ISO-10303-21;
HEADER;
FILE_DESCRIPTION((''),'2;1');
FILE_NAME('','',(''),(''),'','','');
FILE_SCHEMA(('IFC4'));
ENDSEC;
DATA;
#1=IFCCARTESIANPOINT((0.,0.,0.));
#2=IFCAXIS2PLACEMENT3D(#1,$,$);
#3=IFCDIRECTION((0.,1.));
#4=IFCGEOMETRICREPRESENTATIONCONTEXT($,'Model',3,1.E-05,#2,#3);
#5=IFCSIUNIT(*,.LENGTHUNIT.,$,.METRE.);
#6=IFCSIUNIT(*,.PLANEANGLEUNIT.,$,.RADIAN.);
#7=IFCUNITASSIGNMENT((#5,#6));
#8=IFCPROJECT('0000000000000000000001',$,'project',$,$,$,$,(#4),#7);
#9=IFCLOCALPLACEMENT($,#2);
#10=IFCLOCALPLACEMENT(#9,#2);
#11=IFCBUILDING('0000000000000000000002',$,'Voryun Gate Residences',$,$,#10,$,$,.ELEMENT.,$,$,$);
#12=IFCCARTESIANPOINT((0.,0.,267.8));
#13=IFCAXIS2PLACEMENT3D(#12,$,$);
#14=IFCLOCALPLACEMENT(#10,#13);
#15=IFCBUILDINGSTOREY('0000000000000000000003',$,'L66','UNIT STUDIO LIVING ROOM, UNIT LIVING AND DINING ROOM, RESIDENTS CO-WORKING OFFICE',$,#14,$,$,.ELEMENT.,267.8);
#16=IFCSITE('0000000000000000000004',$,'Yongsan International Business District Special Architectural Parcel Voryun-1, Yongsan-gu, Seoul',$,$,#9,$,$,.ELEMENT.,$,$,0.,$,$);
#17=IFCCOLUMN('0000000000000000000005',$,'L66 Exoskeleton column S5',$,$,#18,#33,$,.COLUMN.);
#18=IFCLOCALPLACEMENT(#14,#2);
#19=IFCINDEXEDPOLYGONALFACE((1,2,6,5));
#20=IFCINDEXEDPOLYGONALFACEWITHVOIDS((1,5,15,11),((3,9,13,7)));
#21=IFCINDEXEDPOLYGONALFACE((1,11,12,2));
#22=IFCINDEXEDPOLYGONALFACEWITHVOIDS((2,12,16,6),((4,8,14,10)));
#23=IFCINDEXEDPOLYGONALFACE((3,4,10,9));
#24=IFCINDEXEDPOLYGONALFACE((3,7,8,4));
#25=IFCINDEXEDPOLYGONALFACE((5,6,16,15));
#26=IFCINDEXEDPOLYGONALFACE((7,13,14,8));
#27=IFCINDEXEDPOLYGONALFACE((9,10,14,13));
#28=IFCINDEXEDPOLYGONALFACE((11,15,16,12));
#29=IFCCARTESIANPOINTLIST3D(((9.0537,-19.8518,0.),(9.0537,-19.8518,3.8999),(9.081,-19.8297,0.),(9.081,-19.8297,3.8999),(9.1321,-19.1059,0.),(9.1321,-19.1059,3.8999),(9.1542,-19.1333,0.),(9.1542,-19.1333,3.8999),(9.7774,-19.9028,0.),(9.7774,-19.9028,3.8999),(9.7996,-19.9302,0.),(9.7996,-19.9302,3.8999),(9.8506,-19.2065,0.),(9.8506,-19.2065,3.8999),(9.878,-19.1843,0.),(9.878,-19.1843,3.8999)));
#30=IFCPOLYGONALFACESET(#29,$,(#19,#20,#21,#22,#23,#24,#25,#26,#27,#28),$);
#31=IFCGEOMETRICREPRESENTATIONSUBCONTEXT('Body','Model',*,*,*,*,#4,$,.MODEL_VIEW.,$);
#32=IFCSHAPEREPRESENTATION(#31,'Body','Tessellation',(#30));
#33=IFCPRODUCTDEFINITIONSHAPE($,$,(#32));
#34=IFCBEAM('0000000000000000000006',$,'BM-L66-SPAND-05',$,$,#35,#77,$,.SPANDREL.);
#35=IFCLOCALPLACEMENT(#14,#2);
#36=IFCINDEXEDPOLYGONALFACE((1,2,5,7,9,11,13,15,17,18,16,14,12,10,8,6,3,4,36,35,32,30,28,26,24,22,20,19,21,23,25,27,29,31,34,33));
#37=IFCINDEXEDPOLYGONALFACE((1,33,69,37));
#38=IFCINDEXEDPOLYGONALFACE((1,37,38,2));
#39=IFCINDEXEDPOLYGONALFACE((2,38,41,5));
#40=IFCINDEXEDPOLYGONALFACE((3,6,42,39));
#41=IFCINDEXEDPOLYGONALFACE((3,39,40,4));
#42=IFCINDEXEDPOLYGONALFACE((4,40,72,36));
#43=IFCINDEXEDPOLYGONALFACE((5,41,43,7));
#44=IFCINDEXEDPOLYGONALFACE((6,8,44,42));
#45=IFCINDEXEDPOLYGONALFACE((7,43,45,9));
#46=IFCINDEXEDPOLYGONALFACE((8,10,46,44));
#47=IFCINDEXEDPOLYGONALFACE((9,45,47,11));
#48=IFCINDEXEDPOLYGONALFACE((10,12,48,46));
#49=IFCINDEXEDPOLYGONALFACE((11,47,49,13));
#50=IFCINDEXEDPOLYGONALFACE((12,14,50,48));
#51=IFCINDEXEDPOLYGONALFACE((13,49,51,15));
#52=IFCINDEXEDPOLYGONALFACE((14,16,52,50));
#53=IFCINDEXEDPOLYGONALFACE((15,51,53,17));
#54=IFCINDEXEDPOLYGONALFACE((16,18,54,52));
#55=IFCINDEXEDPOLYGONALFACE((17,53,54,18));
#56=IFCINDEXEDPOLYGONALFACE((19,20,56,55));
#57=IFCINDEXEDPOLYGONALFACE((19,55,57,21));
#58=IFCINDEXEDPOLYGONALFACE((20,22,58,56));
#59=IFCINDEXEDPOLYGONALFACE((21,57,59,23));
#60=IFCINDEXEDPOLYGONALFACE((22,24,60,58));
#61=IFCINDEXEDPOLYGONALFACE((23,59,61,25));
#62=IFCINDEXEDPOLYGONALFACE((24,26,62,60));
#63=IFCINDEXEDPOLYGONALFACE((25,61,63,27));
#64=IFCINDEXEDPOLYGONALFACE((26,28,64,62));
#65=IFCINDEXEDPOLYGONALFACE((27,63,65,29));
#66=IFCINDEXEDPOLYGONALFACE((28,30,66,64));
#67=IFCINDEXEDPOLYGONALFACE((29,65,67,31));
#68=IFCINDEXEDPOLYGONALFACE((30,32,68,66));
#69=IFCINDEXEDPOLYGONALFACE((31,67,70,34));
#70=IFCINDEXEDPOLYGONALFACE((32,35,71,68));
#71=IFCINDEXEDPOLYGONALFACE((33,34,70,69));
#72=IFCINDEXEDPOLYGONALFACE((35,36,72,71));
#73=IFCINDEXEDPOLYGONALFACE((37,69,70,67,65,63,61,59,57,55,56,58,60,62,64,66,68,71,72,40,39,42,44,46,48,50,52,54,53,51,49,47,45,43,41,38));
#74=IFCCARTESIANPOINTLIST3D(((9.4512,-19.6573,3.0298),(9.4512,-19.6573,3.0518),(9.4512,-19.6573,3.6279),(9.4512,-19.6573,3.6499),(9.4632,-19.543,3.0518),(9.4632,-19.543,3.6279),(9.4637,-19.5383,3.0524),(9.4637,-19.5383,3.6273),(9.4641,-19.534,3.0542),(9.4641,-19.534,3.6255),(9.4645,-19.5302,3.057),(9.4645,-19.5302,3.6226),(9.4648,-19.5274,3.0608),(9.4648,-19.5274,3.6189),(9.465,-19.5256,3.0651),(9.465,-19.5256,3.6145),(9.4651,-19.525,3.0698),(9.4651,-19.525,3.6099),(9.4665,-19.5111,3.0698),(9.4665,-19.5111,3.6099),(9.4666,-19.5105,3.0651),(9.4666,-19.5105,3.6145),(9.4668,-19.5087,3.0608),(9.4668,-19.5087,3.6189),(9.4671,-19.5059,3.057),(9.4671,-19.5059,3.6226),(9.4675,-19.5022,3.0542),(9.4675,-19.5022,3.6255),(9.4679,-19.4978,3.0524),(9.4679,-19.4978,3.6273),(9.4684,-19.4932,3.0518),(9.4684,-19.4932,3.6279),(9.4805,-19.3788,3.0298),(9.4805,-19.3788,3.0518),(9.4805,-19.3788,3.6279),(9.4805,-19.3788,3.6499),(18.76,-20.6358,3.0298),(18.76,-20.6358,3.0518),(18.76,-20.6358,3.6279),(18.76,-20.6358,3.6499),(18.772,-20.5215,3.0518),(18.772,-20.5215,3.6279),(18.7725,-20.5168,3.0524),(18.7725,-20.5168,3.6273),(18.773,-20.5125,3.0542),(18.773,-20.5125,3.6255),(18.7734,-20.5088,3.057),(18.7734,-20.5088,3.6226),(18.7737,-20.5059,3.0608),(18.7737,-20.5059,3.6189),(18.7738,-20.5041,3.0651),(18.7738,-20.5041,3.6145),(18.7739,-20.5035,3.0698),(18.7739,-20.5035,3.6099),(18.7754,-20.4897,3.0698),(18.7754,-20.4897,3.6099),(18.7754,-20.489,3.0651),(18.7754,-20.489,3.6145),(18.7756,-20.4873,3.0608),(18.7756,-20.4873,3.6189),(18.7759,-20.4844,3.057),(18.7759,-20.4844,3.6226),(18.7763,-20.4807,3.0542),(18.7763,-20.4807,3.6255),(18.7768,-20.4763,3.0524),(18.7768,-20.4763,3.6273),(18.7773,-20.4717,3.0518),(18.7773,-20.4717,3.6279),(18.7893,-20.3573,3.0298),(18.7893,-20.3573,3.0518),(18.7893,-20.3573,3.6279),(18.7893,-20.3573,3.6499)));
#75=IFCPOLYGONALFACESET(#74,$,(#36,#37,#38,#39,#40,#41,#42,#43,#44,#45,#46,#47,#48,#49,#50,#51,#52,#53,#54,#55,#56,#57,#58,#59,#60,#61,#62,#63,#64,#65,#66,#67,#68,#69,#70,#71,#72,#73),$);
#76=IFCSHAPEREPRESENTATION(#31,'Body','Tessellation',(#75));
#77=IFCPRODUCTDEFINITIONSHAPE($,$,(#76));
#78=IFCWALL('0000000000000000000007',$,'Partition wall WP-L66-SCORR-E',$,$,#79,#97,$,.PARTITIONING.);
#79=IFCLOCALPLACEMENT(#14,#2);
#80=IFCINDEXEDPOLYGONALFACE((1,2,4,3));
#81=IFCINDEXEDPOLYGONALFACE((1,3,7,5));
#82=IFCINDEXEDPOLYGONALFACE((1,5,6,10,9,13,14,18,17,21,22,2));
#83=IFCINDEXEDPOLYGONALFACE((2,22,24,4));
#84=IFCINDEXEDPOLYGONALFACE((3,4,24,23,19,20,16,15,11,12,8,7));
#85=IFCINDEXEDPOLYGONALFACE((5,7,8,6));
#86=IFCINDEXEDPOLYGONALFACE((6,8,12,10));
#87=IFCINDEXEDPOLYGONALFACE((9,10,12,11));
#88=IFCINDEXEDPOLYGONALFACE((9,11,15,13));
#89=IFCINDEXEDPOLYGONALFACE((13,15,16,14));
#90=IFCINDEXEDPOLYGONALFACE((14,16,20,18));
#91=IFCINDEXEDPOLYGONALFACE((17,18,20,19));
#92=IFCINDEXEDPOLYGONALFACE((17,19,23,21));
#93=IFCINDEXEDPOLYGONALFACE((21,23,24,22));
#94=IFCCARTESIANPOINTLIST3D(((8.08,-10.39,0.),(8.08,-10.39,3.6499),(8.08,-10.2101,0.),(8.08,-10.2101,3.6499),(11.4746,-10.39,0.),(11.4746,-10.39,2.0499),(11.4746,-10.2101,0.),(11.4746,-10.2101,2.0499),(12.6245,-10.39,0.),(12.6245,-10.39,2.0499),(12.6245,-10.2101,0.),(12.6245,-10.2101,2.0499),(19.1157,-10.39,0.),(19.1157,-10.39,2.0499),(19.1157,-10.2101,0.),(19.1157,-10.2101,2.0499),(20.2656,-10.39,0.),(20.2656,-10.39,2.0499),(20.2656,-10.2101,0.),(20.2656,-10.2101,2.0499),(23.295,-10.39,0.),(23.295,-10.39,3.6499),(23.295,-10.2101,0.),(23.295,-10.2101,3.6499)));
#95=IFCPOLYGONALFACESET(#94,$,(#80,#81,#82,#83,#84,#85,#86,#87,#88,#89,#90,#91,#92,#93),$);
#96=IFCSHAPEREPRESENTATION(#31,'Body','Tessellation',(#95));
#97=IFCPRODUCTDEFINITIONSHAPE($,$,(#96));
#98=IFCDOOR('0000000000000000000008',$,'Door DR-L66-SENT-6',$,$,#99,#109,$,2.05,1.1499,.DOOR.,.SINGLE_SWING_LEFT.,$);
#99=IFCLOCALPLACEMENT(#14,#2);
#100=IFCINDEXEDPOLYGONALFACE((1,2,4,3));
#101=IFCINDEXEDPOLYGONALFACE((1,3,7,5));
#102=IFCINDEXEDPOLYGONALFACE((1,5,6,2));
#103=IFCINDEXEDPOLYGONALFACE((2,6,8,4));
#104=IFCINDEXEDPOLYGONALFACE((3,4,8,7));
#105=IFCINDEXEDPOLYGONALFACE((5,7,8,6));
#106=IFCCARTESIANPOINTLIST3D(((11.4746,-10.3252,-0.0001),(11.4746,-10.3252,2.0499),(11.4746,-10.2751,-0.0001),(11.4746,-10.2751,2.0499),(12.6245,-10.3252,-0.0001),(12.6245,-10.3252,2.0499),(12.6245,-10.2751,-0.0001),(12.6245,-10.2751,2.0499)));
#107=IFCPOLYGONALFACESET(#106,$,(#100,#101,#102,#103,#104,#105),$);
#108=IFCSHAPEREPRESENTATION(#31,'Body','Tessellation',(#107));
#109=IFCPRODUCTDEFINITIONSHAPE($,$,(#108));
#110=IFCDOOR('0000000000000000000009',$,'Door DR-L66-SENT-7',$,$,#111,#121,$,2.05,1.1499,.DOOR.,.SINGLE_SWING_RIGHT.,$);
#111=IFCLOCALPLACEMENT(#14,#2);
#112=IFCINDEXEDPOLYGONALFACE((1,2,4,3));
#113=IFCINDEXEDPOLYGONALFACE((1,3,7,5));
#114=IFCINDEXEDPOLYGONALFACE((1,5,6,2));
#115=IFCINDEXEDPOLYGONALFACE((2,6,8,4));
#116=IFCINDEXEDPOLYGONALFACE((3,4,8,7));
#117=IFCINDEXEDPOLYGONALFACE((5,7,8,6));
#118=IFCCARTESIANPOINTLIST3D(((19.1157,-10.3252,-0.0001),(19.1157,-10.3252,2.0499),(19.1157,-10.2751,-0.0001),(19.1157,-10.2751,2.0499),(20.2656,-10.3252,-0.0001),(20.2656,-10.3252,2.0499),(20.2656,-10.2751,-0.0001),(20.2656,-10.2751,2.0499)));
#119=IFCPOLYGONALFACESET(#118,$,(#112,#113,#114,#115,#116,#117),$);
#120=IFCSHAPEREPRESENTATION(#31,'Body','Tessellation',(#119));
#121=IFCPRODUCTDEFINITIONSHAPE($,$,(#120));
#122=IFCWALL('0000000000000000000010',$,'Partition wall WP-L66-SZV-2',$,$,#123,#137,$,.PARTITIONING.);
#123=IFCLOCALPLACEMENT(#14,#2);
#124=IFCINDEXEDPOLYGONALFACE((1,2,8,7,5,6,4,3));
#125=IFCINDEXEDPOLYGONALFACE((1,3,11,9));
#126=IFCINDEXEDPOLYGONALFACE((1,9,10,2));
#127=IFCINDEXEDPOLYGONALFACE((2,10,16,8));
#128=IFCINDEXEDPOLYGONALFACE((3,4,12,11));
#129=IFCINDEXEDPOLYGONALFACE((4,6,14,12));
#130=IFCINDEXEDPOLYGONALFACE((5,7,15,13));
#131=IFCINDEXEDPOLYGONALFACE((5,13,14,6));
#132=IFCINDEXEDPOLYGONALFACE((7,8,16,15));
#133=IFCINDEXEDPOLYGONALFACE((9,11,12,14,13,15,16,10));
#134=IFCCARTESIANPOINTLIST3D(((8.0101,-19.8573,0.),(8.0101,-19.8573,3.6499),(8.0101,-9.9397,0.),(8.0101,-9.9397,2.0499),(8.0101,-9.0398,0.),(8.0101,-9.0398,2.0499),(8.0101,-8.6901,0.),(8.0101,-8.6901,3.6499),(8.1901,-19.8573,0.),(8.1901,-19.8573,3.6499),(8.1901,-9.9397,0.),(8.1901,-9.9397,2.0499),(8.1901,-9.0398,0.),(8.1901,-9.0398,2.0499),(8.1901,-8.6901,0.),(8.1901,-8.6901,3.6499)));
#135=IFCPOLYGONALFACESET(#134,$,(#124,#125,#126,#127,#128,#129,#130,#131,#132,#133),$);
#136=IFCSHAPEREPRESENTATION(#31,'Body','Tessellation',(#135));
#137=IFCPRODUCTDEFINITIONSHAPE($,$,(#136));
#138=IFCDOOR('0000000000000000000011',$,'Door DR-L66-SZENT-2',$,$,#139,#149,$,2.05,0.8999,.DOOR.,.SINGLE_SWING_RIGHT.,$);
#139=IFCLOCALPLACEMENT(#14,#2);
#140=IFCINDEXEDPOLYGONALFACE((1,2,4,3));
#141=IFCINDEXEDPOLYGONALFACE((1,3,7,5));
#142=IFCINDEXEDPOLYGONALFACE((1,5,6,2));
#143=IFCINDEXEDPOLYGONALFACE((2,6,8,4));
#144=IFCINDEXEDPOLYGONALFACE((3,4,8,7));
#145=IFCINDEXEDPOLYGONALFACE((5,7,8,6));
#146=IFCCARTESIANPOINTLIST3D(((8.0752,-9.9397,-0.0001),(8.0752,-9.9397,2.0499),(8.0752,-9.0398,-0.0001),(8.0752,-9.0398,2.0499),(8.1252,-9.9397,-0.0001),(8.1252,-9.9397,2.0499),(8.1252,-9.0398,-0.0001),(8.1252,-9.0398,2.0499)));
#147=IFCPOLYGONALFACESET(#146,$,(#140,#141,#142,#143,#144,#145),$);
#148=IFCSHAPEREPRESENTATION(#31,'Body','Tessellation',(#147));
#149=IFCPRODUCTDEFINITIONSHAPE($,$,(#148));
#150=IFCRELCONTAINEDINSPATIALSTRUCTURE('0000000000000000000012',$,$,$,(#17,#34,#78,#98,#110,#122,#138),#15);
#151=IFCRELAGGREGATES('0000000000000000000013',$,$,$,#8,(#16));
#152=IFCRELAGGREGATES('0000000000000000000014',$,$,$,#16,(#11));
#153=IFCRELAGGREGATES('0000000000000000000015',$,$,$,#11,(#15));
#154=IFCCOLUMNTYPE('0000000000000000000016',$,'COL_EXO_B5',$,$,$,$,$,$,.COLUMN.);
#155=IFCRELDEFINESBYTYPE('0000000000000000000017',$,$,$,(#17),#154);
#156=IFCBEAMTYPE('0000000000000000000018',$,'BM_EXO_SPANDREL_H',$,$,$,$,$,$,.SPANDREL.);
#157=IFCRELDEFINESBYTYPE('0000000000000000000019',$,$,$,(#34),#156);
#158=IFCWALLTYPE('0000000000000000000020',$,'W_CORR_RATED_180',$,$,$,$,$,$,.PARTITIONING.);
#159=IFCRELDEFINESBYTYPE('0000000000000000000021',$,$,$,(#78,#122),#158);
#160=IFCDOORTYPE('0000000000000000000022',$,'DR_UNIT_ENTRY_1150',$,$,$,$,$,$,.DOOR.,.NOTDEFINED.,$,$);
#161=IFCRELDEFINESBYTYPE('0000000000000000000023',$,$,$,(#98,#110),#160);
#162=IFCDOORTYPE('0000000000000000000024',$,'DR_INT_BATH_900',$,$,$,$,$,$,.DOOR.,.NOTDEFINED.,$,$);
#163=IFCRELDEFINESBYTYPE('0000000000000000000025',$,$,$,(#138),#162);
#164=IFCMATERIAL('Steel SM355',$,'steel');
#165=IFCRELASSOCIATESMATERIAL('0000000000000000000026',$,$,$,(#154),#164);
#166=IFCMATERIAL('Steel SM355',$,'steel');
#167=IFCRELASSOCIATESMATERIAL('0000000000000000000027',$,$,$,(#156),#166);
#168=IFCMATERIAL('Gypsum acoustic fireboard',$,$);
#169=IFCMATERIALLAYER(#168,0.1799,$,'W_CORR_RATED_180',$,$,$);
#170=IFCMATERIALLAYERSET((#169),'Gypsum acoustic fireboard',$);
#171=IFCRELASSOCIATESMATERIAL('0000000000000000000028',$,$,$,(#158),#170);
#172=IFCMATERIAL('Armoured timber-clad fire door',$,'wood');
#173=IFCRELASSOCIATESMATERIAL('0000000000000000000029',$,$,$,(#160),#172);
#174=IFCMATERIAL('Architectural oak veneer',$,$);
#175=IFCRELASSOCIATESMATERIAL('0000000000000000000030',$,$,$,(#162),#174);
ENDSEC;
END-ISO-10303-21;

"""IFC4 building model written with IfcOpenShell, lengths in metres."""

from ifc_helpers import new_model, si_unit, direction, frame, frame_2d, origin, origin_2d, place, context, subcontext, project, spatial, rectangle, hollow_rectangle, i_section, extrude, material, layer, layer_set, material_profile, profile_set, type_object, element, fill, save


model = new_model("IFC4")

# Units and contexts
model_context = context("Model", 3, precision=1e-05, world=origin(), true_north=direction((0.0, 1.0)))
body_context = subcontext(model_context, "Body", "Model", "MODEL_VIEW")
ifc_project = project(units=[si_unit("LENGTHUNIT", "METRE"), si_unit("PLANEANGLEUNIT", "RADIAN")], contexts=[model_context])

# Site, building, storey
site_placement = place(None, origin())
site = spatial("IfcSite", under=ifc_project, at=site_placement, Name="Yongsan International Business District Special Architectural Parcel Voryun-1, Yongsan-gu, Seoul", CompositionType="ELEMENT", RefElevation=0.0)
building_placement = place(site_placement, origin())
building = spatial("IfcBuilding", under=site, at=building_placement, Name="Voryun Gate Residences", CompositionType="ELEMENT")
storey_placement = place(building_placement, frame((0.0, 0.0, 267.8)))
storey = spatial("IfcBuildingStorey", under=building, at=storey_placement, Name="L66", Description="UNIT STUDIO LIVING ROOM, UNIT LIVING AND DINING ROOM, RESIDENTS CO-WORKING OFFICE", CompositionType="ELEMENT", Elevation=267.8)

# Column
ifc_material_1 = material(Name="Steel SM355", Category="steel")
ifc_material_profile_1 = material_profile(ifc_material_1, hollow_rectangle(XDim=0.75, YDim=0.75, WallThickness=0.0249, at=origin_2d()), Name="BOX-750x750x25")
ifc_profile_set_1 = profile_set([ifc_material_profile_1], Name="Steel SM355")
column_type = type_object("IfcColumnType", Name="COL_EXO_B5", PredefinedType="COLUMN", material=ifc_profile_set_1)
column_placement = place(storey_placement, frame((9.4658, -19.5181, 0.0), z_axis=(0.0, 0.0, 1.0), x_axis=(0.994522, -0.104528, 0.0)))
element("IfcColumn", 1, at=column_placement, inside=storey, type_object=column_type, Name="L66 Exoskeleton column S5", PredefinedType="COLUMN", context=body_context, shape_type="SweptSolid", body=[
    extrude(hollow_rectangle(XDim=0.75, YDim=0.75, WallThickness=0.0249, at=origin_2d()), origin(), (0.0, 0.0, 1.0), 3.8999),
])

# Beam
ifc_material_2 = material(Name="Steel SM355", Category="steel")
ifc_material_profile_2 = material_profile(ifc_material_2, i_section(OverallWidth=0.28, OverallDepth=0.6201, WebThickness=0.0139, FlangeThickness=0.022, FilletRadius=0.0181, at=origin_2d()), Name="H-620x280x14x22")
ifc_profile_set_2 = profile_set([ifc_material_profile_2], Name="Steel SM355")
beam_type = type_object("IfcBeamType", Name="BM_EXO_SPANDREL_H", PredefinedType="SPANDREL", material=ifc_profile_set_2)
beam_placement = place(storey_placement, frame((9.4658, -19.5181, 3.3398), z_axis=(0.994521, -0.104541, 0.0), x_axis=(0.104541, 0.994521, 0.0)))
element("IfcBeam", 2, at=beam_placement, inside=storey, type_object=beam_type, Name="BM-L66-SPAND-05", PredefinedType="SPANDREL", context=body_context, shape_type="SweptSolid", body=[
    extrude(i_section(OverallWidth=0.28, OverallDepth=0.6201, WebThickness=0.0139, FlangeThickness=0.022, FilletRadius=0.0181, at=origin_2d()), origin(), (0.0, 0.0, 1.0), 9.3601),
])

# Wall, openings, doors
ifc_material_3 = material(Name="Gypsum acoustic fireboard")
ifc_layer_1 = layer(ifc_material_3, 0.1799, Name="W_CORR_RATED_180")
ifc_layer_set_1 = layer_set([ifc_layer_1], Name="Gypsum acoustic fireboard")
wall_type_1 = type_object("IfcWallType", Name="W_CORR_RATED_180", PredefinedType="PARTITIONING", material=ifc_layer_set_1)
wall_1_placement = place(storey_placement, frame((8.0801, -10.3, 0.0), z_axis=(0.0, 0.0, 1.0), x_axis=(1.0, 0.0, 0.0)))
wall_1 = element("IfcWall", 3, at=wall_1_placement, inside=storey, type_object=wall_type_1, Name="Partition wall WP-L66-SCORR-E", PredefinedType="PARTITIONING", context=body_context, shape_type="SweptSolid", body=[
    extrude(rectangle(XDim=15.2151, YDim=0.1799, at=frame_2d((7.6074, 0.0))), origin(), (0.0, 0.0, 1.0), 3.6499),
])
opening_1_placement = place(wall_1_placement, frame((3.3945, 0.0, 0.0)))
opening_1 = element("IfcOpeningElement", 4, at=opening_1_placement, cuts=wall_1, PredefinedType="OPENING", context=body_context, shape_type="SweptSolid", body=[
    extrude(rectangle(XDim=1.1499, YDim=2.05, at=frame_2d((0.575, 1.0249))), frame((0.0, 0.0999, 0.0), z_axis=(0.0, -1.0, 0.0), x_axis=(1.0, 0.0, 0.0)), (0.0, 0.0, 1.0), 0.2),
])
opening_2_placement = place(wall_1_placement, frame((11.0356, 0.0, 0.0)))
opening_2 = element("IfcOpeningElement", 5, at=opening_2_placement, cuts=wall_1, PredefinedType="OPENING", context=body_context, shape_type="SweptSolid", body=[
    extrude(rectangle(XDim=1.1499, YDim=2.05, at=frame_2d((0.575, 1.0249))), frame((0.0, 0.0999, 0.0), z_axis=(0.0, -1.0, 0.0), x_axis=(1.0, 0.0, 0.0)), (0.0, 0.0, 1.0), 0.2),
])
ifc_material_4 = material(Name="Armoured timber-clad fire door", Category="wood")
door_type_1 = type_object("IfcDoorType", Name="DR_UNIT_ENTRY_1150", OperationType="NOTDEFINED", PredefinedType="DOOR", material=ifc_material_4)
door_1_placement = place(opening_1_placement, origin())
door_1 = element("IfcDoor", 6, at=door_1_placement, inside=storey, type_object=door_type_1, Name="Door DR-L66-SENT-6", OperationType="SINGLE_SWING_LEFT", OverallHeight=2.05, OverallWidth=1.1499, PredefinedType="DOOR", context=body_context, shape_type="SweptSolid", body=[
    extrude(rectangle(XDim=1.1499, YDim=2.05, at=frame_2d((0.575, 1.0249))), frame((0.0, 0.0249, 0.0), z_axis=(0.0, -1.0, 0.0), x_axis=(1.0, 0.0, 0.0)), (0.0, 0.0, 1.0), 0.05),
])
fill(opening_1, door_1)
door_2_placement = place(opening_2_placement, origin())
door_2 = element("IfcDoor", 7, at=door_2_placement, inside=storey, type_object=door_type_1, Name="Door DR-L66-SENT-7", OperationType="SINGLE_SWING_RIGHT", OverallHeight=2.05, OverallWidth=1.1499, PredefinedType="DOOR", context=body_context, shape_type="SweptSolid", body=[
    extrude(rectangle(XDim=1.1499, YDim=2.05, at=frame_2d((0.575, 1.0249))), frame((0.0, 0.0249, 0.0), z_axis=(0.0, -1.0, 0.0), x_axis=(1.0, 0.0, 0.0)), (0.0, 0.0, 1.0), 0.05),
])
fill(opening_2, door_2)

# Wall, opening, door
wall_2_placement = place(storey_placement, frame((8.1001, -19.8572, 0.0), z_axis=(0.0, 0.0, 1.0), x_axis=(0.0, 1.0, 0.0)))
wall_2 = element("IfcWall", 8, at=wall_2_placement, inside=storey, type_object=wall_type_1, Name="Partition wall WP-L66-SZV-2", PredefinedType="PARTITIONING", context=body_context, shape_type="SweptSolid", body=[
    extrude(rectangle(XDim=11.1672, YDim=0.1799, at=frame_2d((5.5835, 0.0))), origin(), (0.0, 0.0, 1.0), 3.6499),
])
opening_3_placement = place(wall_2_placement, frame((9.9175, 0.0, 0.0)))
opening_3 = element("IfcOpeningElement", 9, at=opening_3_placement, cuts=wall_2, PredefinedType="OPENING", context=body_context, shape_type="SweptSolid", body=[
    extrude(rectangle(XDim=0.8999, YDim=2.05, at=frame_2d((0.45, 1.0249))), frame((0.0, 0.0999, 0.0), z_axis=(0.0, -1.0, 0.0), x_axis=(1.0, 0.0, 0.0)), (0.0, 0.0, 1.0), 0.2),
])
ifc_material_5 = material(Name="Architectural oak veneer")
door_type_2 = type_object("IfcDoorType", Name="DR_INT_BATH_900", OperationType="NOTDEFINED", PredefinedType="DOOR", material=ifc_material_5)
door_3_placement = place(opening_3_placement, origin())
door_3 = element("IfcDoor", 10, at=door_3_placement, inside=storey, type_object=door_type_2, Name="Door DR-L66-SZENT-2", OperationType="SINGLE_SWING_RIGHT", OverallHeight=2.05, OverallWidth=0.8999, PredefinedType="DOOR", context=body_context, shape_type="SweptSolid", body=[
    extrude(rectangle(XDim=0.8999, YDim=2.05, at=frame_2d((0.45, 1.0249))), frame((0.0, 0.0249, 0.0), z_axis=(0.0, -1.0, 0.0), x_axis=(1.0, 0.0, 0.0)), (0.0, 0.0, 1.0), 0.05),
])
fill(opening_3, door_3)

save(model, "model.ifc")
